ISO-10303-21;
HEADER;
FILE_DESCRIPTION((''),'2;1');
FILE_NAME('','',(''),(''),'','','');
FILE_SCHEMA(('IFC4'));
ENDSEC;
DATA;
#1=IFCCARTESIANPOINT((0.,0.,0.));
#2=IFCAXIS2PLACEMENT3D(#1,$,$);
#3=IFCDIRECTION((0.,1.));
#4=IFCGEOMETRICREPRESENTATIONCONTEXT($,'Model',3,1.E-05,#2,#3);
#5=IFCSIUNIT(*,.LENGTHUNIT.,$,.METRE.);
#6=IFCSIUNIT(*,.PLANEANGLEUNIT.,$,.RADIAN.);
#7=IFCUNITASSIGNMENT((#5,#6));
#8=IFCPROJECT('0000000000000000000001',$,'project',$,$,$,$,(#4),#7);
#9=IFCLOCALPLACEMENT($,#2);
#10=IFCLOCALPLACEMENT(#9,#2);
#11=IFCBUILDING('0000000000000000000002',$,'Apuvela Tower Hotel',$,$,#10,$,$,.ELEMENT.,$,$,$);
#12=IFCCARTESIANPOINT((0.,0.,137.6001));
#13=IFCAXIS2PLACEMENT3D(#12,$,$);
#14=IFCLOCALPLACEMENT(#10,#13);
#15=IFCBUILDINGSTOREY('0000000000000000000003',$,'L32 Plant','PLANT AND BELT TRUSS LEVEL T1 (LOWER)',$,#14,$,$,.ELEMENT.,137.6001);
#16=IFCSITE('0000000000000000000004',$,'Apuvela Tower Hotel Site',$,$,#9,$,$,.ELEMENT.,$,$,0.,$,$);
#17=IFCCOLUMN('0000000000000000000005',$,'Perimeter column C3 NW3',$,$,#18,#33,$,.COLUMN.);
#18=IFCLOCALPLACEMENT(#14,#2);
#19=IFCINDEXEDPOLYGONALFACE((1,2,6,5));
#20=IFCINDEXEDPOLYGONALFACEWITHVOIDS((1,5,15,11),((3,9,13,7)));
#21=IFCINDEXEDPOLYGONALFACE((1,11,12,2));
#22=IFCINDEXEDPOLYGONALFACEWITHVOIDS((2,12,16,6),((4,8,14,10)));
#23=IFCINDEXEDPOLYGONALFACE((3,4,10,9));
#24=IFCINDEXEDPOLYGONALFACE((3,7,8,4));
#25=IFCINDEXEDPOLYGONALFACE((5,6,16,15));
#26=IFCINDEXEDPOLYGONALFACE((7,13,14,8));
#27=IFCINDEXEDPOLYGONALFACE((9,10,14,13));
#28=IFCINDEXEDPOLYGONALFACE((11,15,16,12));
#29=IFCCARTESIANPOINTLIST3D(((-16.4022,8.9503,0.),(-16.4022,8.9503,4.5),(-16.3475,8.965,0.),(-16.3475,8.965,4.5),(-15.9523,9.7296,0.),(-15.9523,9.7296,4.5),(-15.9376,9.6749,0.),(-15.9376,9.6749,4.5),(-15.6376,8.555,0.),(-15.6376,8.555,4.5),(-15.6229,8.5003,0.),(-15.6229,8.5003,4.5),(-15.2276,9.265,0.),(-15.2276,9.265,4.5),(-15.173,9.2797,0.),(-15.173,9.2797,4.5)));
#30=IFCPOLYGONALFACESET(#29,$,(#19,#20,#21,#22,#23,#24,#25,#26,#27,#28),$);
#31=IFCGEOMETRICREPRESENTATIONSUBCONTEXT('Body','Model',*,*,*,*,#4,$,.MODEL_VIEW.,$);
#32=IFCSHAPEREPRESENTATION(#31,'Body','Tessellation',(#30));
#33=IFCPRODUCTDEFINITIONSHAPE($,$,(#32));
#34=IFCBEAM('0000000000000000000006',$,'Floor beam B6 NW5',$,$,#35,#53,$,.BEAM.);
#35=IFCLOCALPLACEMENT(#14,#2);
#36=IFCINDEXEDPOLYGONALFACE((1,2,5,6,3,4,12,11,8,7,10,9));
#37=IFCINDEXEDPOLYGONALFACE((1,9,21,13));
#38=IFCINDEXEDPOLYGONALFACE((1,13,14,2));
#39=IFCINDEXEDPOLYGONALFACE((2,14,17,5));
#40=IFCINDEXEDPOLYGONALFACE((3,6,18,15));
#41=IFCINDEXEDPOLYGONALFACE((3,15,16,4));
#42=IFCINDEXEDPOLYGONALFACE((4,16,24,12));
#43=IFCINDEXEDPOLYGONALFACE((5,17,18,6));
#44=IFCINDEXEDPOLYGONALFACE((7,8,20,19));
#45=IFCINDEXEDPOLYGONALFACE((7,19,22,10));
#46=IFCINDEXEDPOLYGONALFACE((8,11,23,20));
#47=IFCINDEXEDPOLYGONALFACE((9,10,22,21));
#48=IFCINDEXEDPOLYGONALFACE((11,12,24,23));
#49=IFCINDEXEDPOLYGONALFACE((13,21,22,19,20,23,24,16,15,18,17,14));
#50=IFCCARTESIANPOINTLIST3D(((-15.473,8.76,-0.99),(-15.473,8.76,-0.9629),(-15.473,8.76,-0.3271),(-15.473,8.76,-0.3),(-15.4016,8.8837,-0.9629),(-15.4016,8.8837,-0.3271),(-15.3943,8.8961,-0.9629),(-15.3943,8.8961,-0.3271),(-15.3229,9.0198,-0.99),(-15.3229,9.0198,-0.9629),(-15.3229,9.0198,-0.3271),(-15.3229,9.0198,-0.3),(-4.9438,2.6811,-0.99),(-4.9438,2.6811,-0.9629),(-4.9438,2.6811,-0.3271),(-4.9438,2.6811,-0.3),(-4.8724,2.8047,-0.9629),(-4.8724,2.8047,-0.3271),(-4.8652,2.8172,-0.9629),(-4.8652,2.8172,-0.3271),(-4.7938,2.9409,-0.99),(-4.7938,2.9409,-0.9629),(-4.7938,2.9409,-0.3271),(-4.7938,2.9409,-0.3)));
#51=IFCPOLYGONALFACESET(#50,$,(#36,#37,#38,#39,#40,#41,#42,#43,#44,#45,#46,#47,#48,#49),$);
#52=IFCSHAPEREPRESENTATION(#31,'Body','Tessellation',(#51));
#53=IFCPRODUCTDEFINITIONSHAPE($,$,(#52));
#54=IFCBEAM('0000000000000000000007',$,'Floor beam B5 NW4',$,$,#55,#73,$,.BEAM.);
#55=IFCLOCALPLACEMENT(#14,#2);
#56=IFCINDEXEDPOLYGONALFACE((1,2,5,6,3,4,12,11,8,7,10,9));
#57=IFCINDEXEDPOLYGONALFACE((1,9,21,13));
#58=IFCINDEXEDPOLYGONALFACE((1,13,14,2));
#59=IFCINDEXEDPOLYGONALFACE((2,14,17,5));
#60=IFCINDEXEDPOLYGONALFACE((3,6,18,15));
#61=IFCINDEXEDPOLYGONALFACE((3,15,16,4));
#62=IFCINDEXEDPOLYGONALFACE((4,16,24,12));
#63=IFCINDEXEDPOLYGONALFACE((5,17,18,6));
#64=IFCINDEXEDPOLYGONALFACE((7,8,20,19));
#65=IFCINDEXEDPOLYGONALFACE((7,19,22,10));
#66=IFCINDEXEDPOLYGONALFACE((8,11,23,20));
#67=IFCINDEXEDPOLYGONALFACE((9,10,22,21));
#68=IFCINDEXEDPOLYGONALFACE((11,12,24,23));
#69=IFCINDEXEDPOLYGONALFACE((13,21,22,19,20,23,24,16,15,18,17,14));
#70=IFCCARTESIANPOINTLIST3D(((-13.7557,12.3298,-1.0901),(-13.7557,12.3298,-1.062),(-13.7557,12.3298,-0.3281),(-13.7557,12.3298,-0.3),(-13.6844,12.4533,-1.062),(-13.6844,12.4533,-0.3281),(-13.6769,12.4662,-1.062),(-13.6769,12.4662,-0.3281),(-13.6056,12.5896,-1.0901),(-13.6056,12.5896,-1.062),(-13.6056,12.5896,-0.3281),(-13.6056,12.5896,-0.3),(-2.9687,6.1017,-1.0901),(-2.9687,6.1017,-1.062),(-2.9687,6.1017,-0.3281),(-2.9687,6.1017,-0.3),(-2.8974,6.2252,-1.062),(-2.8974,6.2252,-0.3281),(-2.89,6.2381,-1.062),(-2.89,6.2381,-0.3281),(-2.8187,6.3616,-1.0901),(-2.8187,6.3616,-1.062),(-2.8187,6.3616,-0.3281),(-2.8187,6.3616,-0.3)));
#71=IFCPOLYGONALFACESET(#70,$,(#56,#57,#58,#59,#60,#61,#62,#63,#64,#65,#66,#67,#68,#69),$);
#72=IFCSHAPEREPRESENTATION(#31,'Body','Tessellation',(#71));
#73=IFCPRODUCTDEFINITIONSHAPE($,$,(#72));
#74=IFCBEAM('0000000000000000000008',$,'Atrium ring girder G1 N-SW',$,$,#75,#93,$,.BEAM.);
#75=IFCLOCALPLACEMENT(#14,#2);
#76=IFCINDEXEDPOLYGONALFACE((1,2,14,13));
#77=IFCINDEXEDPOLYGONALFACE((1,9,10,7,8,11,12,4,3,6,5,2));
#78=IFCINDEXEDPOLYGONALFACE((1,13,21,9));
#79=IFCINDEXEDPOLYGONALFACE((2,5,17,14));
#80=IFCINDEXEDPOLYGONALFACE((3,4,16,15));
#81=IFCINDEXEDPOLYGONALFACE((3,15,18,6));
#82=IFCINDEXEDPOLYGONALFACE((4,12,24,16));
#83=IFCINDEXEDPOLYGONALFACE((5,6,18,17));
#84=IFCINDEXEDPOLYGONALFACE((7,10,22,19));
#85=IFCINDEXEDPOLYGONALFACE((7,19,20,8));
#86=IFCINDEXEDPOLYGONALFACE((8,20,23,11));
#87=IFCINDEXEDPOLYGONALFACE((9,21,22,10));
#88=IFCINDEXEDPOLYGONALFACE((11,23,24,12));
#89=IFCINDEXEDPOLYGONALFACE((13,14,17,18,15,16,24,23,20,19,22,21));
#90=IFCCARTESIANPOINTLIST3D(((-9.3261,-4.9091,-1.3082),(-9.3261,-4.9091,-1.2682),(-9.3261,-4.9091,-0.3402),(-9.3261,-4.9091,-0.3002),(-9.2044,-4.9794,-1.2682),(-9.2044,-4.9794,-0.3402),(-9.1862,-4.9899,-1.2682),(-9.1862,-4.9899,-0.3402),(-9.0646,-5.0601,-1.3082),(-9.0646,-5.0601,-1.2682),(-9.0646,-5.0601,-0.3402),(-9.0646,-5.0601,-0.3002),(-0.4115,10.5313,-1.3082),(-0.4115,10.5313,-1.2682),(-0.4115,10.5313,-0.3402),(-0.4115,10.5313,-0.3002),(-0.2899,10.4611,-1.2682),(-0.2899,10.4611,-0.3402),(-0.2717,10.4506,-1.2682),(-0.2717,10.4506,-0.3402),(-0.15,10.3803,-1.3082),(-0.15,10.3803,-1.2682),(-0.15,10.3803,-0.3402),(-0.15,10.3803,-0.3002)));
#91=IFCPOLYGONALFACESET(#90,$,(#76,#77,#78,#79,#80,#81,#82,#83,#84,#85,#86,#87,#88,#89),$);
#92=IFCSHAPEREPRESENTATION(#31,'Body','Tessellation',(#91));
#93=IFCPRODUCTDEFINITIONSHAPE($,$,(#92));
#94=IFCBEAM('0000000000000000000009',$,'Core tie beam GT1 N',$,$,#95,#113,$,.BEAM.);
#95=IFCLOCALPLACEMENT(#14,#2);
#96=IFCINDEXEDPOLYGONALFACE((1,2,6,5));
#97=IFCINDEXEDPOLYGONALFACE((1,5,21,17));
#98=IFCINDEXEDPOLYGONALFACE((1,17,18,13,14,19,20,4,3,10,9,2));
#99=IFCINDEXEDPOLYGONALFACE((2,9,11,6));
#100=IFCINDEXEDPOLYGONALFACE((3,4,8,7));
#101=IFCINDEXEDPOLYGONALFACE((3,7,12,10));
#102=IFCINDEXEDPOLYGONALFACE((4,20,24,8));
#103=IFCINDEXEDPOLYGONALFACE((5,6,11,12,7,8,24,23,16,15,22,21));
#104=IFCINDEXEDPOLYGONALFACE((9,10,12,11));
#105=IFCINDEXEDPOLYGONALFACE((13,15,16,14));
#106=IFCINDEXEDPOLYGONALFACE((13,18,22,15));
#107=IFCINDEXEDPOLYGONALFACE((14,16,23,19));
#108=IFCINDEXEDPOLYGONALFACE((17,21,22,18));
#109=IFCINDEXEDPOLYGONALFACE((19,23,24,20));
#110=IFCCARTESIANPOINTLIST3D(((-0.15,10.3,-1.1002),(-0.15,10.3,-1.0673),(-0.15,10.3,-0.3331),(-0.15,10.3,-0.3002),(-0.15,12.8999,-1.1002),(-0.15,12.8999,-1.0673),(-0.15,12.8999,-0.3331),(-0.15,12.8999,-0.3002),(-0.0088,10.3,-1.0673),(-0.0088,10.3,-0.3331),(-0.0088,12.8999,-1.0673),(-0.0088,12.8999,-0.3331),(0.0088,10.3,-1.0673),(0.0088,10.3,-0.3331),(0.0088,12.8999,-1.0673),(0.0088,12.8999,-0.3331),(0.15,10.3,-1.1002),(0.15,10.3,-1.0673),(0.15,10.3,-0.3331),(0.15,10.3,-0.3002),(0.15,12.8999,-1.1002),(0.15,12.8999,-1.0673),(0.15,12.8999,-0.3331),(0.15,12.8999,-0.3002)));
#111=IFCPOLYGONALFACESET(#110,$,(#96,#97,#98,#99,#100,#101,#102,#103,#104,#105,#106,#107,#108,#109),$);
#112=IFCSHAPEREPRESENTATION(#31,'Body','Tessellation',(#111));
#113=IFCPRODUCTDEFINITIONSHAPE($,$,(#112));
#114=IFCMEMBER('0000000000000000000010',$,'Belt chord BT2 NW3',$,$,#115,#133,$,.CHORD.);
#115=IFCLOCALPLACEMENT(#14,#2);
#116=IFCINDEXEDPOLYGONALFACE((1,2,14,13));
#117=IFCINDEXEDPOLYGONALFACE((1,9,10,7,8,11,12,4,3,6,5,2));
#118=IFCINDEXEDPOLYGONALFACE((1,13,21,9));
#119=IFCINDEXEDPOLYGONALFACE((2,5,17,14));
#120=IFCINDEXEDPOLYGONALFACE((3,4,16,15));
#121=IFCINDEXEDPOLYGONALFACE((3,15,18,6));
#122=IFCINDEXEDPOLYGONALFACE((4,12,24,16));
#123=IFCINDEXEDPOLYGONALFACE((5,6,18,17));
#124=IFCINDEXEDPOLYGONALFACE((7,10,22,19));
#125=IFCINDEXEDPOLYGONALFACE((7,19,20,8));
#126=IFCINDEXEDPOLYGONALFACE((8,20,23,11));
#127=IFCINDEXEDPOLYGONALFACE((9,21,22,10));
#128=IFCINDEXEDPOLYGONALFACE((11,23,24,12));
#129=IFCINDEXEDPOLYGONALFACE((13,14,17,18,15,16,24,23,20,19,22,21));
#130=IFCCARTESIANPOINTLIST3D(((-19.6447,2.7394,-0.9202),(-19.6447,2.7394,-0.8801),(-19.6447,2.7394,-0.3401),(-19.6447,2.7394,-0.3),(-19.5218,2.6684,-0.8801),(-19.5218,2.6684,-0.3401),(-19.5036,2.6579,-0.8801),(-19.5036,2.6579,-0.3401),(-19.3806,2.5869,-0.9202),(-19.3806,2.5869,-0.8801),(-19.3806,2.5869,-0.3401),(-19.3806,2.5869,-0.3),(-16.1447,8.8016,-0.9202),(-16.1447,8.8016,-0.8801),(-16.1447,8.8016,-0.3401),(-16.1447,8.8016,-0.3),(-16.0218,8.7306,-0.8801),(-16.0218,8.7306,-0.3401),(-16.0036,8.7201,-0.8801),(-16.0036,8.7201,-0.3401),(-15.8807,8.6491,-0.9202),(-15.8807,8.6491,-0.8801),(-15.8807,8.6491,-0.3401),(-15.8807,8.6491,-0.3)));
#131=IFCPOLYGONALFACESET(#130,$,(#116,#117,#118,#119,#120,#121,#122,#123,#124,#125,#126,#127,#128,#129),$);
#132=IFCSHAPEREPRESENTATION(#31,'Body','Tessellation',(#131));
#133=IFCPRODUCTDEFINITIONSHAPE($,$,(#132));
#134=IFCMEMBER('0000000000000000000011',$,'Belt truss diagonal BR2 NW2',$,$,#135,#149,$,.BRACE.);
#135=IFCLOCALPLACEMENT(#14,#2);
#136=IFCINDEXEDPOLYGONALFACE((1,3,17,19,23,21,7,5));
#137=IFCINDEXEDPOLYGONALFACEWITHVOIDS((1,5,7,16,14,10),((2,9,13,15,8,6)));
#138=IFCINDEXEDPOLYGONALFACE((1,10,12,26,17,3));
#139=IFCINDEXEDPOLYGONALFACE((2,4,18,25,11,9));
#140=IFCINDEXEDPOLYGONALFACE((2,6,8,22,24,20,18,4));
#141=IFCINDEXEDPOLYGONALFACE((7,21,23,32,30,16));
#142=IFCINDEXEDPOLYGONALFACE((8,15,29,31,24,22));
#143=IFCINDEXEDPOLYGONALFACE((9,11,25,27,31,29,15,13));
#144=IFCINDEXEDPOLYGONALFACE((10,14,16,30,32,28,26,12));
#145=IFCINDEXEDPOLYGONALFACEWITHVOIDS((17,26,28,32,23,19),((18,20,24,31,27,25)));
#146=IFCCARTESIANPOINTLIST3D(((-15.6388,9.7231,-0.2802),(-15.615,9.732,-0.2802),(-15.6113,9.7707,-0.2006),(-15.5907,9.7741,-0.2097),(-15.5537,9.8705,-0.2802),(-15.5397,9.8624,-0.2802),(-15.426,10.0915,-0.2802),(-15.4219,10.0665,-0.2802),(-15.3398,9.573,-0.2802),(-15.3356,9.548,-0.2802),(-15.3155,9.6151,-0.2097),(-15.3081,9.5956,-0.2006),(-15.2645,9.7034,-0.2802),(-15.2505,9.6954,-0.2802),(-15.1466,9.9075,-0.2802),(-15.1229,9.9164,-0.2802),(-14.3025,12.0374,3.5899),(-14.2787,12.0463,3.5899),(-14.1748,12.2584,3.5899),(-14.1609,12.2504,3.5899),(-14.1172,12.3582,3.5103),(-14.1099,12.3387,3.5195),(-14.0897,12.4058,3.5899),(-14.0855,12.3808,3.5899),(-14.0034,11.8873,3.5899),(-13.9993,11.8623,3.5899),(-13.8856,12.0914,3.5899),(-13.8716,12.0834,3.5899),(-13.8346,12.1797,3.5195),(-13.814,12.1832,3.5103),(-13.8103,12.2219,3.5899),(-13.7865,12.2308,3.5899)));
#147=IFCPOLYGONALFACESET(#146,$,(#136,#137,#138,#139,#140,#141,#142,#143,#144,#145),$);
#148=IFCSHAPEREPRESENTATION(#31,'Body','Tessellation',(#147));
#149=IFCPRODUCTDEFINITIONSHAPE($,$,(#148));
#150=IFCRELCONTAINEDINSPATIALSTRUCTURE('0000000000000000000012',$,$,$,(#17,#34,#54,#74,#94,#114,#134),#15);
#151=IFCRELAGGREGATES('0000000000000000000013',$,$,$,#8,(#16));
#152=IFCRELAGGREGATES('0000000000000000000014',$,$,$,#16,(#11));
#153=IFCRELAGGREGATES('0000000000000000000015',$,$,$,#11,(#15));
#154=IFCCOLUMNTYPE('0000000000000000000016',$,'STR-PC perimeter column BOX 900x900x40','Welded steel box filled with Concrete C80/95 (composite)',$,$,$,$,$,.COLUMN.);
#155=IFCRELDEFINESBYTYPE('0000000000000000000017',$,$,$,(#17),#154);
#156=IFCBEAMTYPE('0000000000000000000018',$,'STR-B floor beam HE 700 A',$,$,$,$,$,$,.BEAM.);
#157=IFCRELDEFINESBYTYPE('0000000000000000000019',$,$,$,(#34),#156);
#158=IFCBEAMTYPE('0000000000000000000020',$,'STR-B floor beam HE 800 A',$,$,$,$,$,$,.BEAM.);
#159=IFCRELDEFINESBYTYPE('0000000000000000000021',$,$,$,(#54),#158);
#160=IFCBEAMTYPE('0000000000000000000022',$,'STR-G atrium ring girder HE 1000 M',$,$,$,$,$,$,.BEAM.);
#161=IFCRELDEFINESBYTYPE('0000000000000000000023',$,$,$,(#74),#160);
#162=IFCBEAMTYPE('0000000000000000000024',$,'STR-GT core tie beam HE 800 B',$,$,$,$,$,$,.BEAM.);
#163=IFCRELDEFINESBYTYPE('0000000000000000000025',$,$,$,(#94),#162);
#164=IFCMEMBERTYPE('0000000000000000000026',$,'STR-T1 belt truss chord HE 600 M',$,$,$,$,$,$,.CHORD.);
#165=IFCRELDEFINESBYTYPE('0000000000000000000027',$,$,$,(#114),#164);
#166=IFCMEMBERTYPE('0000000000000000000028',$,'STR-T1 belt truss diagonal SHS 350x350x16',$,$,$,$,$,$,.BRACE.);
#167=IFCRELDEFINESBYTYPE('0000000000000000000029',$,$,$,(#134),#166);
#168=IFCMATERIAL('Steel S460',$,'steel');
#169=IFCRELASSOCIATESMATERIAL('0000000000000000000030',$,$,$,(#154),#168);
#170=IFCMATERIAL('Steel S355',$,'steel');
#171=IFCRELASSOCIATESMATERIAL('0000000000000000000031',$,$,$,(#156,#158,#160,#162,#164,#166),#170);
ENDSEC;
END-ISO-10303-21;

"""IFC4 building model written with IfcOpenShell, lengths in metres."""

from ifc_helpers import new_model, si_unit, direction, frame, origin, origin_2d, place, context, subcontext, project, spatial, rectangle, hollow_rectangle, i_section, extrude, boolean, halfspace, material, material_profile, profile_set, type_object, element, save


model = new_model("IFC4")

# Units and contexts
model_context = context("Model", 3, precision=1e-05, world=origin(), true_north=direction((0.0, 1.0)))
body_context = subcontext(model_context, "Body", "Model", "MODEL_VIEW")
ifc_project = project(units=[si_unit("LENGTHUNIT", "METRE"), si_unit("PLANEANGLEUNIT", "RADIAN")], contexts=[model_context])

# Site, building, storey
site_placement = place(None, origin())
site = spatial("IfcSite", under=ifc_project, at=site_placement, Name="Apuvela Tower Hotel Site", CompositionType="ELEMENT", RefElevation=0.0)
building_placement = place(site_placement, origin())
building = spatial("IfcBuilding", under=site, at=building_placement, Name="Apuvela Tower Hotel", CompositionType="ELEMENT")
storey_placement = place(building_placement, frame((0.0, 0.0, 137.6001)))
storey = spatial("IfcBuildingStorey", under=building, at=storey_placement, Name="L32 Plant", Description="PLANT AND BELT TRUSS LEVEL T1 (LOWER)", CompositionType="ELEMENT", Elevation=137.6001)

# Column
ifc_material_1 = material(Name="Steel S460", Category="steel")
ifc_material_profile_1 = material_profile(ifc_material_1, hollow_rectangle(XDim=0.8999, YDim=0.8999, WallThickness=0.04, at=origin_2d()), Name="BOX 900x900x40")
ifc_material_2 = material(Name="Concrete C80/95", Category="concrete")
ifc_material_profile_2 = material_profile(ifc_material_2, rectangle(XDim=0.8201, YDim=0.8201, at=origin_2d()), Name="Concrete C80/95 infill")
ifc_profile_set_1 = profile_set([ifc_material_profile_1, ifc_material_profile_2], Name="Steel S460")
column_type = type_object("IfcColumnType", Name="STR-PC perimeter column BOX 900x900x40", Description="Welded steel box filled with Concrete C80/95 (composite)", PredefinedType="COLUMN", material=ifc_profile_set_1)
column_placement = place(storey_placement, frame((-15.7876, 9.115, 0.0), z_axis=(0.0, 0.0, 1.0), x_axis=(0.5, 0.866025, 0.0)))
element("IfcColumn", 1, at=column_placement, inside=storey, type_object=column_type, Name="Perimeter column C3 NW3", PredefinedType="COLUMN", context=body_context, shape_type="SweptSolid", body=[
    extrude(hollow_rectangle(XDim=0.8999, YDim=0.8999, WallThickness=0.04, at=origin_2d()), origin(), (0.0, 0.0, 1.0), 4.5),
])

# Beams
ifc_material_3 = material(Name="Steel S355", Category="steel")
ifc_material_profile_3 = material_profile(ifc_material_3, i_section(OverallWidth=0.3, OverallDepth=0.6899, WebThickness=0.0144, FlangeThickness=0.0271, at=origin_2d()), Name="HE 700 A")
ifc_profile_set_2 = profile_set([ifc_material_profile_3], Name="Steel S355")
beam_type_1 = type_object("IfcBeamType", Name="STR-B floor beam HE 700 A", PredefinedType="BEAM", material=ifc_profile_set_2)
beam_1_placement = place(storey_placement, frame((-15.3979, 8.8899, -0.645), z_axis=(0.866029, -0.499994, 0.0), x_axis=(0.499994, 0.866029, 0.0)))
element("IfcBeam", 2, at=beam_1_placement, inside=storey, type_object=beam_type_1, Name="Floor beam B6 NW5", PredefinedType="BEAM", context=body_context, shape_type="SweptSolid", body=[
    extrude(i_section(OverallWidth=0.3, OverallDepth=0.6899, WebThickness=0.0144, FlangeThickness=0.0271, at=origin_2d()), origin(), (0.0, 0.0, 1.0), 12.158),
])
ifc_material_profile_4 = material_profile(ifc_material_3, i_section(OverallWidth=0.3, OverallDepth=0.79, WebThickness=0.0149, FlangeThickness=0.0281, at=origin_2d()), Name="HE 800 A")
ifc_profile_set_3 = profile_set([ifc_material_profile_4], Name="Steel S355")
beam_type_2 = type_object("IfcBeamType", Name="STR-B floor beam HE 800 A", PredefinedType="BEAM", material=ifc_profile_set_3)
beam_2_placement = place(storey_placement, frame((-13.6807, 12.4597, -0.6951), z_axis=(0.866017, -0.500014, 0.0), x_axis=(0.500014, 0.866017, 0.0)))
element("IfcBeam", 3, at=beam_2_placement, inside=storey, type_object=beam_type_2, Name="Floor beam B5 NW4", PredefinedType="BEAM", context=body_context, shape_type="SweptSolid", body=[
    extrude(i_section(OverallWidth=0.3, OverallDepth=0.79, WebThickness=0.0149, FlangeThickness=0.0281, at=origin_2d()), origin(), (0.0, 0.0, 1.0), 12.4558),
])
ifc_material_profile_5 = material_profile(ifc_material_3, i_section(OverallWidth=0.302, OverallDepth=1.0081, WebThickness=0.021, FlangeThickness=0.04, at=origin_2d()), Name="HE 1000 M")
ifc_profile_set_4 = profile_set([ifc_material_profile_5], Name="Steel S355")
beam_type_3 = type_object("IfcBeamType", Name="STR-G atrium ring girder HE 1000 M", PredefinedType="BEAM", material=ifc_profile_set_4)
beam_3_placement = place(storey_placement, frame((-0.2808, 10.4558, -0.8042), z_axis=(-0.500001, -0.866025, 0.0), x_axis=(0.866025, -0.500001, 0.0)))
element("IfcBeam", 4, at=beam_3_placement, inside=storey, type_object=beam_type_3, Name="Atrium ring girder G1 N-SW", PredefinedType="BEAM", context=body_context, shape_type="SweptSolid", body=[
    extrude(i_section(OverallWidth=0.302, OverallDepth=1.0081, WebThickness=0.021, FlangeThickness=0.04, at=origin_2d()), origin(), (0.0, 0.0, 1.0), 17.8291),
])
ifc_material_profile_6 = material_profile(ifc_material_3, i_section(OverallWidth=0.3, OverallDepth=0.8, WebThickness=0.0176, FlangeThickness=0.033, at=origin_2d()), Name="HE 800 B")
ifc_profile_set_5 = profile_set([ifc_material_profile_6], Name="Steel S355")
beam_type_4 = type_object("IfcBeamType", Name="STR-GT core tie beam HE 800 B", PredefinedType="BEAM", material=ifc_profile_set_5)
beam_4_placement = place(storey_placement, frame((0.0, 12.8999, -0.7002), z_axis=(0.0, -1.0, 0.0), x_axis=(1.0, 0.0, 0.0)))
element("IfcBeam", 5, at=beam_4_placement, inside=storey, type_object=beam_type_4, Name="Core tie beam GT1 N", PredefinedType="BEAM", context=body_context, shape_type="SweptSolid", body=[
    extrude(i_section(OverallWidth=0.3, OverallDepth=0.8, WebThickness=0.0176, FlangeThickness=0.033, at=origin_2d()), origin(), (0.0, 0.0, 1.0), 2.5999),
])

# Members
ifc_material_profile_7 = material_profile(ifc_material_3, i_section(OverallWidth=0.3049, OverallDepth=0.6201, WebThickness=0.021, FlangeThickness=0.04, at=origin_2d()), Name="HE 600 M")
ifc_profile_set_6 = profile_set([ifc_material_profile_7], Name="Steel S355")
member_type_1 = type_object("IfcMemberType", Name="STR-T1 belt truss chord HE 600 M", PredefinedType="CHORD", material=ifc_profile_set_6)
member_1_placement = place(storey_placement, frame((-16.0127, 8.7253, -0.6101), z_axis=(-0.499995, -0.866028, 0.0), x_axis=(0.866028, -0.499995, 0.0)))
element("IfcMember", 6, at=member_1_placement, inside=storey, type_object=member_type_1, Name="Belt chord BT2 NW3", PredefinedType="CHORD", context=body_context, shape_type="SweptSolid", body=[
    extrude(i_section(OverallWidth=0.3049, OverallDepth=0.6201, WebThickness=0.021, FlangeThickness=0.04, at=origin_2d()), origin(), (0.0, 0.0, 1.0), 7.0),
])
ifc_material_profile_8 = material_profile(ifc_material_3, hollow_rectangle(XDim=0.3501, YDim=0.3501, WallThickness=0.0161, at=origin_2d()), Name="SHS 350x350x16")
ifc_profile_set_7 = profile_set([ifc_material_profile_8], Name="Steel S355")
member_type_2 = type_object("IfcMemberType", Name="STR-T1 belt truss diagonal SHS 350x350x16", PredefinedType="BRACE", material=ifc_profile_set_7)
member_2_placement = place(storey_placement, frame((-15.3877, 9.8079, -0.3), z_axis=(0.284139, 0.49208, 0.822874), x_axis=(-0.411477, -0.712607, 0.568224)))
solid = boolean("DIFFERENCE", boolean("DIFFERENCE", extrude(hollow_rectangle(XDim=0.3501, YDim=0.3501, WallThickness=0.0161, at=origin_2d()), frame((0.0, 0.0, -0.2407)), (0.0, 0.0, 1.0), 5.2332), halfspace(frame((0.0, 0.0, 0.0242), z_axis=(0.568224, 0.0, 0.822874), x_axis=(0.822874, 0.0, -0.568224)), True)), halfspace(frame((0.0, 0.0, 4.7273), z_axis=(0.568224, 0.0, 0.822874), x_axis=(0.822874, 0.0, -0.568224)), False))
element("IfcMember", 7, at=member_2_placement, inside=storey, type_object=member_type_2, Name="Belt truss diagonal BR2 NW2", PredefinedType="BRACE", context=body_context, shape_type="SweptSolid", body=[
    boolean("UNION", boolean("DIFFERENCE", boolean("DIFFERENCE", extrude(hollow_rectangle(XDim=0.3501, YDim=0.3501, WallThickness=0.0161, at=origin_2d()), origin(), (0.0, 0.0, 1.0), 4.7515), halfspace(frame((0.0, 0.0, 0.0242), z_axis=(0.568224, 0.0, 0.822874), x_axis=(0.822874, 0.0, -0.568224)), True)), halfspace(frame((0.0, 0.0, 4.7273), z_axis=(0.568224, 0.0, 0.822874), x_axis=(0.822874, 0.0, -0.568224)), False)), solid),
])

save(model, "model.ifc")
